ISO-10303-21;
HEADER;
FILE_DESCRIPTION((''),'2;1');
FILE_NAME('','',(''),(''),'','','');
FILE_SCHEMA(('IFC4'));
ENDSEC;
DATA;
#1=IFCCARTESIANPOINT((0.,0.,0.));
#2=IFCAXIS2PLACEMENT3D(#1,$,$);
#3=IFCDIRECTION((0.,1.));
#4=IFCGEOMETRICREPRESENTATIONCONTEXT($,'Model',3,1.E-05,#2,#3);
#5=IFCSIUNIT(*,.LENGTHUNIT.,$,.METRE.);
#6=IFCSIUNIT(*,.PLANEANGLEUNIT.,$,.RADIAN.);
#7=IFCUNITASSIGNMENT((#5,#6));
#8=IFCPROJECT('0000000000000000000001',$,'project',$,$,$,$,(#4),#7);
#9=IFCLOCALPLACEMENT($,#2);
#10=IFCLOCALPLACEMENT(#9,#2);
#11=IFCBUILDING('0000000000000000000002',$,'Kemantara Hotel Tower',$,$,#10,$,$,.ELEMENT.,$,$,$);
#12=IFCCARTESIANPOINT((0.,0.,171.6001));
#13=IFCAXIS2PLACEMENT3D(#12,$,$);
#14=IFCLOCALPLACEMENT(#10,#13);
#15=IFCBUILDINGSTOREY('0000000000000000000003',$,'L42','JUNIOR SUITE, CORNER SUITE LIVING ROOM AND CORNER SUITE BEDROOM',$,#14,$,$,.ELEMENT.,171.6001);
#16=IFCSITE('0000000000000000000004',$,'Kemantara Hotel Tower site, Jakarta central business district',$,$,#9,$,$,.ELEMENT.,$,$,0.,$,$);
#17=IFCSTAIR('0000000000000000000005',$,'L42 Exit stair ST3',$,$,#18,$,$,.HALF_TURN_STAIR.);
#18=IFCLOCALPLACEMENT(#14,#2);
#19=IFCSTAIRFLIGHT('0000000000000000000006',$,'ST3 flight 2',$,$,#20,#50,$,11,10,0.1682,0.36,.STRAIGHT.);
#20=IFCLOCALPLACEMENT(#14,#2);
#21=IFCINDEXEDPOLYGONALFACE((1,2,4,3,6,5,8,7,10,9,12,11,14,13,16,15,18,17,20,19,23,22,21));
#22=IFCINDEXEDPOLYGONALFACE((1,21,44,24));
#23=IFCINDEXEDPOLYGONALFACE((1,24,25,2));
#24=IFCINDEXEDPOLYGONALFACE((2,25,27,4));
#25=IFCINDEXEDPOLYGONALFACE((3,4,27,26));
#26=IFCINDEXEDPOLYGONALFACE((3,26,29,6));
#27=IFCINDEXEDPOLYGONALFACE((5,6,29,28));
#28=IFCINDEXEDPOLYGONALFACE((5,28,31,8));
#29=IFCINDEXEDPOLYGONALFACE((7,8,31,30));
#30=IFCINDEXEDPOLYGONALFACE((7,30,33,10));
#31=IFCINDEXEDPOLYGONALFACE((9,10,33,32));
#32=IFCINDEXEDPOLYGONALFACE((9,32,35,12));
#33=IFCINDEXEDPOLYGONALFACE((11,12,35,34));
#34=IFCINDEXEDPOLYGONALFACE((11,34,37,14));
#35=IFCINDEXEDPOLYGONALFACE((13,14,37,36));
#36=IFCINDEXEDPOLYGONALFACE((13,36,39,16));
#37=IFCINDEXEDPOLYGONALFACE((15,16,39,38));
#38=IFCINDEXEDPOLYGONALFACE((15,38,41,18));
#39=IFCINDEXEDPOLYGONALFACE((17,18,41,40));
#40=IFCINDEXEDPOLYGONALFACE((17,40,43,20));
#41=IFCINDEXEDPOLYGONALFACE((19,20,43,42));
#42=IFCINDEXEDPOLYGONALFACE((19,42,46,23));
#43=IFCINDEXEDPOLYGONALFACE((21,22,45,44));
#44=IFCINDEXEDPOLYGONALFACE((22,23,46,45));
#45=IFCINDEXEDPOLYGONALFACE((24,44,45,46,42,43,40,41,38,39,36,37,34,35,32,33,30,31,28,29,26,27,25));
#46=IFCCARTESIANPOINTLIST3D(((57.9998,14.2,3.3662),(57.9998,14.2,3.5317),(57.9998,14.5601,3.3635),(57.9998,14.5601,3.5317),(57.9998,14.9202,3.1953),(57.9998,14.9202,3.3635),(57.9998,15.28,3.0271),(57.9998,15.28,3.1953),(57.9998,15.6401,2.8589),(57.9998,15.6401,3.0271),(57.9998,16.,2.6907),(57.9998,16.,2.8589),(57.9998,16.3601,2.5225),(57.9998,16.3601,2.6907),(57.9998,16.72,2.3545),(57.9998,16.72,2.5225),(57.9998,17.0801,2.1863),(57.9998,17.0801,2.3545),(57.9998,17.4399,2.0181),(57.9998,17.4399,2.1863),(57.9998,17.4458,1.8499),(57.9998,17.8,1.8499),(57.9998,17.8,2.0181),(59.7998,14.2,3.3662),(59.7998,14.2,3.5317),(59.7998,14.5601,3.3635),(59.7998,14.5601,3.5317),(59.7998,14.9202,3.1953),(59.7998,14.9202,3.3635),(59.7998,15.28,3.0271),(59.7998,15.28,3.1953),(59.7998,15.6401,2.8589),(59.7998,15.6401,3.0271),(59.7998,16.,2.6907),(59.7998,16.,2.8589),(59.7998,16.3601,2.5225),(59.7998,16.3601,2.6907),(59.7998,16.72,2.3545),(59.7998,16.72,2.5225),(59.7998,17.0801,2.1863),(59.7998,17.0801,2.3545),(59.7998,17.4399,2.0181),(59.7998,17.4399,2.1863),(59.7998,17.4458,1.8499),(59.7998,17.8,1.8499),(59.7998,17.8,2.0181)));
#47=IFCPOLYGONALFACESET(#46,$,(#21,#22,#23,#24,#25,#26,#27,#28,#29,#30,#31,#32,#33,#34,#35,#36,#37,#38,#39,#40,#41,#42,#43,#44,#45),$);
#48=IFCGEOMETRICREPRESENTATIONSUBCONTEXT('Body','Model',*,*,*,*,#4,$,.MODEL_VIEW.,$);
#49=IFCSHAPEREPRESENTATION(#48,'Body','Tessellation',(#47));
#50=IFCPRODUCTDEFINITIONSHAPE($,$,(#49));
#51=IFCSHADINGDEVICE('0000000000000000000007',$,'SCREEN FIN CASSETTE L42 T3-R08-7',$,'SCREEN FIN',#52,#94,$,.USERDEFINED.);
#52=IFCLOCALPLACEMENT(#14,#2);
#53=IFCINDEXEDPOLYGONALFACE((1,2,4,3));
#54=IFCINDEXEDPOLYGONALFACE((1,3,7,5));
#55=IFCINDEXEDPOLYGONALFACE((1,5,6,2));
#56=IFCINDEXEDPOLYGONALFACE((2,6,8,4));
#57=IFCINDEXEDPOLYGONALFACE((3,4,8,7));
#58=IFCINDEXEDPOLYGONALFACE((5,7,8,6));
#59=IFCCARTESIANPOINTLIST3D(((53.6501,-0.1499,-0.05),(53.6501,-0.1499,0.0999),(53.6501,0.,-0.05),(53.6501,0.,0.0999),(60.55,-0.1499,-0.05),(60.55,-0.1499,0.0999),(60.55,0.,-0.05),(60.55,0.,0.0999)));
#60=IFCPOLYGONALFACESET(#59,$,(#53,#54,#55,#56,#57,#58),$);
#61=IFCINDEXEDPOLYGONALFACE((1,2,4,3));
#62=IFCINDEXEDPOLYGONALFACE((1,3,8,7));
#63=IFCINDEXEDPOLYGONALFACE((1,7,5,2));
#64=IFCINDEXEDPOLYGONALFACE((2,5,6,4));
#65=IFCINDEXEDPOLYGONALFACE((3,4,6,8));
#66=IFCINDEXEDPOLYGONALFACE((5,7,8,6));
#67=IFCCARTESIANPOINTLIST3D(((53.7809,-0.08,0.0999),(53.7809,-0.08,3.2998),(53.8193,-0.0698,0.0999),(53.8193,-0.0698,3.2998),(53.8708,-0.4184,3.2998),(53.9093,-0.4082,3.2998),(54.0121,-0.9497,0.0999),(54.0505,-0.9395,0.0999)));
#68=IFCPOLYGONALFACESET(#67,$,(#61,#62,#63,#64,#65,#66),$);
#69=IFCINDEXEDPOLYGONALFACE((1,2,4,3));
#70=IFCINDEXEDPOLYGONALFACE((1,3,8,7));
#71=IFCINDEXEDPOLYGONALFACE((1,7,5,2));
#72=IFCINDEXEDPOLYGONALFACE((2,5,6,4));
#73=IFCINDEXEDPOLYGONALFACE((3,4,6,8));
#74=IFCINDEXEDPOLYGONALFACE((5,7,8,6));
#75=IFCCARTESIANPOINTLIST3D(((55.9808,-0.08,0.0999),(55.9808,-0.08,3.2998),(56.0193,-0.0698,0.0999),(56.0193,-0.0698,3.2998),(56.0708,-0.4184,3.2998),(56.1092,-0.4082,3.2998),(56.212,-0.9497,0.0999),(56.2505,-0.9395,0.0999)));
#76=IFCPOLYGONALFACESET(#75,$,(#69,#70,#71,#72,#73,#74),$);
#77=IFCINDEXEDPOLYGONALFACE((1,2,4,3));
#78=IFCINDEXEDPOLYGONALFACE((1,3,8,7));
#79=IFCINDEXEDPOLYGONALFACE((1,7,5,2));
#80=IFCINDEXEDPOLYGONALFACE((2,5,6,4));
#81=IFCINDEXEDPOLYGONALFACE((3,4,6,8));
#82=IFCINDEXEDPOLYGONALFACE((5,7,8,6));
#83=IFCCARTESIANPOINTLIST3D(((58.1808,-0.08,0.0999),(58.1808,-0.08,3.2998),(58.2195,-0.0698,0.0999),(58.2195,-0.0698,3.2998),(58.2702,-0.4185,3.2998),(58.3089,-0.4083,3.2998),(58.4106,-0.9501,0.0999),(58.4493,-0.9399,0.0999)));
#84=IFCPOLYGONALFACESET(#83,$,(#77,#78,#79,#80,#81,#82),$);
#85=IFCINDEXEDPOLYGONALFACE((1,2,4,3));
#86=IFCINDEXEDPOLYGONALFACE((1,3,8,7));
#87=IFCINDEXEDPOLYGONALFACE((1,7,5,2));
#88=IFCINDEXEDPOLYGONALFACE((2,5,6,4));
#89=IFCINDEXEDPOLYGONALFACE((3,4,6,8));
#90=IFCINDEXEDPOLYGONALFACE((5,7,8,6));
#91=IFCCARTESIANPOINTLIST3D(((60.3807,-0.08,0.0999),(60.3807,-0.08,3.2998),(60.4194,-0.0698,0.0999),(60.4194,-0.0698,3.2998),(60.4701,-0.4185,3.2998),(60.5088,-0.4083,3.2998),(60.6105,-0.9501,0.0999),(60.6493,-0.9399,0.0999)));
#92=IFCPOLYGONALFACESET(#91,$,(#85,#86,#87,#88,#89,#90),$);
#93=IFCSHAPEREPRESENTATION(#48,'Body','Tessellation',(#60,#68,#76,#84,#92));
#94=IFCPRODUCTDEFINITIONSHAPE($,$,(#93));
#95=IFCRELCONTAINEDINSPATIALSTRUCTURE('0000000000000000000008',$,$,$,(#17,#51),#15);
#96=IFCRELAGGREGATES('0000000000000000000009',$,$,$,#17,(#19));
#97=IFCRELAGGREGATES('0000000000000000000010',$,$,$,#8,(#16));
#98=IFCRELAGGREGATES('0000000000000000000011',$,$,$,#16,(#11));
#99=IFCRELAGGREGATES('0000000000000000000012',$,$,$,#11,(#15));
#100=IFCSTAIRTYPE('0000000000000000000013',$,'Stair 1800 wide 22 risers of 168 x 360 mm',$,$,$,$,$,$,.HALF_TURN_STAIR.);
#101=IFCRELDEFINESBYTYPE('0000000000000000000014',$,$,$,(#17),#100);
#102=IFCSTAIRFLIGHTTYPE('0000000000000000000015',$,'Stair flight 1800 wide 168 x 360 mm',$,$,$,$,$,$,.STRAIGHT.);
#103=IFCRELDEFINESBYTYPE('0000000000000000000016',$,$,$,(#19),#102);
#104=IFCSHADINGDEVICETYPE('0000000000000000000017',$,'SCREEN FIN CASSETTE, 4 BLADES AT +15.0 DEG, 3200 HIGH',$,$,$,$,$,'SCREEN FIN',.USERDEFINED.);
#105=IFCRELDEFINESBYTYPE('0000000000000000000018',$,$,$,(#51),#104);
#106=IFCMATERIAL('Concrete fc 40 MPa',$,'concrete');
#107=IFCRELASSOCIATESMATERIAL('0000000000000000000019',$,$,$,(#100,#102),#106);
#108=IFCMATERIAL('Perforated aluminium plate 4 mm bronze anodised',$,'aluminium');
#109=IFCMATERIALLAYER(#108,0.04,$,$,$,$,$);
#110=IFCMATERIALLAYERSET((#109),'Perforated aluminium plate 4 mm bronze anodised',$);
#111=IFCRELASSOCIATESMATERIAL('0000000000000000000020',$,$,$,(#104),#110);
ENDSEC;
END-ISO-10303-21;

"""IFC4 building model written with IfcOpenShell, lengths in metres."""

from ifc_helpers import new_model, si_unit, direction, frame, origin, origin_2d, place, context, subcontext, project, spatial, polyline, rectangle, outline, extrude, source, transform, mapped, material, layer, layer_set, type_object, element, aggregate, save


model = new_model("IFC4")

# Units and contexts
model_context = context("Model", 3, precision=1e-05, world=origin(), true_north=direction((0.0, 1.0)))
body_context = subcontext(model_context, "Body", "Model", "MODEL_VIEW")
ifc_project = project(units=[si_unit("LENGTHUNIT", "METRE"), si_unit("PLANEANGLEUNIT", "RADIAN")], contexts=[model_context])

# Site, building, storey
site_placement = place(None, origin())
site = spatial("IfcSite", under=ifc_project, at=site_placement, Name="Kemantara Hotel Tower site, Jakarta central business district", CompositionType="ELEMENT", RefElevation=0.0)
building_placement = place(site_placement, origin())
building = spatial("IfcBuilding", under=site, at=building_placement, Name="Kemantara Hotel Tower", CompositionType="ELEMENT")
storey_placement = place(building_placement, frame((0.0, 0.0, 171.6001)))
storey = spatial("IfcBuildingStorey", under=building, at=storey_placement, Name="L42", Description="JUNIOR SUITE, CORNER SUITE LIVING ROOM AND CORNER SUITE BEDROOM", CompositionType="ELEMENT", Elevation=171.6001)

# Shared definitions
ifc_material_1 = material(Name="Concrete fc 40 MPa", Category="concrete")

# Stair, stair flight
stair_type = type_object("IfcStairType", Name="Stair 1800 wide 22 risers of 168 x 360 mm", PredefinedType="HALF_TURN_STAIR", material=ifc_material_1)
stair_placement = place(storey_placement, origin())
stair = element("IfcStair", 1, at=stair_placement, inside=storey, type_object=stair_type, Name="L42 Exit stair ST3", PredefinedType="HALF_TURN_STAIR")
stair_flight_type = type_object("IfcStairFlightType", Name="Stair flight 1800 wide 168 x 360 mm", PredefinedType="STRAIGHT", material=ifc_material_1)
stair_flight_1_placement = place(storey_placement, frame((58.8999, 17.8, 1.8499), z_axis=(0.0, 0.0, 1.0), x_axis=(0.0, -1.0, 0.0)))
stair_flight_1 = element("IfcStairFlight", 2, at=stair_flight_1_placement, type_object=stair_flight_type, Name="ST3 flight 2", NumberOfRisers=11, NumberOfTreads=10, PredefinedType="STRAIGHT", RiserHeight=0.1682, TreadLength=0.36, context=body_context, shape_type="SweptSolid", body=[
    extrude(outline(polyline([(0.0, 0.0), (0.0, 0.1682), (0.3601, 0.1682), (0.3601, 0.3364), (0.72, 0.3364), (0.72, 0.5046), (1.0801, 0.5046), (1.0801, 0.6726), (1.4399, 0.6726), (1.4399, 0.8408), (1.8, 0.8408), (1.8, 1.009), (2.1599, 1.009), (2.1599, 1.1772), (2.52, 1.1772), (2.52, 1.3455), (2.8799, 1.3455), (2.8799, 1.5137), (3.24, 1.5137), (3.24, 1.6819), (3.6001, 1.6819), (3.6001, 1.8501), (3.6001, 1.5164), (0.3542, 0.0), (0.0, 0.0)])), frame((0.0, 0.8999, 0.0), z_axis=(0.0, -1.0, 0.0), x_axis=(1.0, 0.0, 0.0)), (0.0, 0.0, 1.0), 1.8),
])
aggregate(stair, [stair_flight_1])

# Shading device
ifc_material_2 = material(Name="Perforated aluminium plate 4 mm bronze anodised", Category="aluminium")
ifc_layer_1 = layer(ifc_material_2, 0.04)
ifc_layer_set_1 = layer_set([ifc_layer_1], Name="Perforated aluminium plate 4 mm bronze anodised")
shading_device_type = type_object("IfcShadingDeviceType", Name="SCREEN FIN CASSETTE, 4 BLADES AT +15.0 DEG, 3200 HIGH", ElementType="SCREEN FIN", PredefinedType="USERDEFINED", material=ifc_layer_set_1)
shared_shape = source(origin(), body_context, "Body", "SweptSolid", [
    extrude(rectangle(XDim=6.8999, YDim=0.1499, at=origin_2d()), frame((3.3, -0.075, -0.1499), z_axis=(0.0, 0.0, 1.0), x_axis=(1.0, 0.0, 0.0)), (0.0, 0.0, 1.0), 0.1499),
    extrude(outline(polyline([(0.0, 0.0), (0.8999, 0.0), (0.3501, 3.2), (0.0, 3.2), (0.0, 0.0)])), frame((0.0193, -0.0698, 0.0), z_axis=(-0.966438, -0.256901, 0.0), x_axis=(0.256901, -0.966438, 0.0)), (0.0, 0.0, 1.0), 0.0398),
    extrude(outline(polyline([(0.0, 0.0), (0.8999, 0.0), (0.3501, 3.2), (0.0, 3.2), (0.0, 0.0)])), frame((2.2192, -0.0698, 0.0), z_axis=(-0.966438, -0.256901, 0.0), x_axis=(0.256901, -0.966438, 0.0)), (0.0, 0.0, 1.0), 0.0398),
    extrude(outline(polyline([(0.0, 0.0), (0.8999, 0.0), (0.3501, 3.2), (0.0, 3.2), (0.0, 0.0)])), frame((4.4194, -0.0698, 0.0), z_axis=(-0.966838, -0.255391, 0.0), x_axis=(0.255391, -0.966838, 0.0)), (0.0, 0.0, 1.0), 0.04),
    extrude(outline(polyline([(0.0, 0.0), (0.8999, 0.0), (0.3501, 3.2), (0.0, 3.2), (0.0, 0.0)])), frame((6.6194, -0.0698, 0.0), z_axis=(-0.966838, -0.255391, 0.0), x_axis=(0.255391, -0.966838, 0.0)), (0.0, 0.0, 1.0), 0.04),
])
shading_device_placement = place(storey_placement, frame((53.8, 0.0, 0.0999), z_axis=(0.0, 0.0, 1.0), x_axis=(1.0, 0.0, 0.0)))
element("IfcShadingDevice", 3, at=shading_device_placement, inside=storey, type_object=shading_device_type, Name="SCREEN FIN CASSETTE L42 T3-R08-7", ObjectType="SCREEN FIN", PredefinedType="USERDEFINED", context=body_context, shape_type="MappedRepresentation", body=[
    mapped(shared_shape, transform((0.0, 0.0, 0.0))),
])

save(model, "model.ifc")
